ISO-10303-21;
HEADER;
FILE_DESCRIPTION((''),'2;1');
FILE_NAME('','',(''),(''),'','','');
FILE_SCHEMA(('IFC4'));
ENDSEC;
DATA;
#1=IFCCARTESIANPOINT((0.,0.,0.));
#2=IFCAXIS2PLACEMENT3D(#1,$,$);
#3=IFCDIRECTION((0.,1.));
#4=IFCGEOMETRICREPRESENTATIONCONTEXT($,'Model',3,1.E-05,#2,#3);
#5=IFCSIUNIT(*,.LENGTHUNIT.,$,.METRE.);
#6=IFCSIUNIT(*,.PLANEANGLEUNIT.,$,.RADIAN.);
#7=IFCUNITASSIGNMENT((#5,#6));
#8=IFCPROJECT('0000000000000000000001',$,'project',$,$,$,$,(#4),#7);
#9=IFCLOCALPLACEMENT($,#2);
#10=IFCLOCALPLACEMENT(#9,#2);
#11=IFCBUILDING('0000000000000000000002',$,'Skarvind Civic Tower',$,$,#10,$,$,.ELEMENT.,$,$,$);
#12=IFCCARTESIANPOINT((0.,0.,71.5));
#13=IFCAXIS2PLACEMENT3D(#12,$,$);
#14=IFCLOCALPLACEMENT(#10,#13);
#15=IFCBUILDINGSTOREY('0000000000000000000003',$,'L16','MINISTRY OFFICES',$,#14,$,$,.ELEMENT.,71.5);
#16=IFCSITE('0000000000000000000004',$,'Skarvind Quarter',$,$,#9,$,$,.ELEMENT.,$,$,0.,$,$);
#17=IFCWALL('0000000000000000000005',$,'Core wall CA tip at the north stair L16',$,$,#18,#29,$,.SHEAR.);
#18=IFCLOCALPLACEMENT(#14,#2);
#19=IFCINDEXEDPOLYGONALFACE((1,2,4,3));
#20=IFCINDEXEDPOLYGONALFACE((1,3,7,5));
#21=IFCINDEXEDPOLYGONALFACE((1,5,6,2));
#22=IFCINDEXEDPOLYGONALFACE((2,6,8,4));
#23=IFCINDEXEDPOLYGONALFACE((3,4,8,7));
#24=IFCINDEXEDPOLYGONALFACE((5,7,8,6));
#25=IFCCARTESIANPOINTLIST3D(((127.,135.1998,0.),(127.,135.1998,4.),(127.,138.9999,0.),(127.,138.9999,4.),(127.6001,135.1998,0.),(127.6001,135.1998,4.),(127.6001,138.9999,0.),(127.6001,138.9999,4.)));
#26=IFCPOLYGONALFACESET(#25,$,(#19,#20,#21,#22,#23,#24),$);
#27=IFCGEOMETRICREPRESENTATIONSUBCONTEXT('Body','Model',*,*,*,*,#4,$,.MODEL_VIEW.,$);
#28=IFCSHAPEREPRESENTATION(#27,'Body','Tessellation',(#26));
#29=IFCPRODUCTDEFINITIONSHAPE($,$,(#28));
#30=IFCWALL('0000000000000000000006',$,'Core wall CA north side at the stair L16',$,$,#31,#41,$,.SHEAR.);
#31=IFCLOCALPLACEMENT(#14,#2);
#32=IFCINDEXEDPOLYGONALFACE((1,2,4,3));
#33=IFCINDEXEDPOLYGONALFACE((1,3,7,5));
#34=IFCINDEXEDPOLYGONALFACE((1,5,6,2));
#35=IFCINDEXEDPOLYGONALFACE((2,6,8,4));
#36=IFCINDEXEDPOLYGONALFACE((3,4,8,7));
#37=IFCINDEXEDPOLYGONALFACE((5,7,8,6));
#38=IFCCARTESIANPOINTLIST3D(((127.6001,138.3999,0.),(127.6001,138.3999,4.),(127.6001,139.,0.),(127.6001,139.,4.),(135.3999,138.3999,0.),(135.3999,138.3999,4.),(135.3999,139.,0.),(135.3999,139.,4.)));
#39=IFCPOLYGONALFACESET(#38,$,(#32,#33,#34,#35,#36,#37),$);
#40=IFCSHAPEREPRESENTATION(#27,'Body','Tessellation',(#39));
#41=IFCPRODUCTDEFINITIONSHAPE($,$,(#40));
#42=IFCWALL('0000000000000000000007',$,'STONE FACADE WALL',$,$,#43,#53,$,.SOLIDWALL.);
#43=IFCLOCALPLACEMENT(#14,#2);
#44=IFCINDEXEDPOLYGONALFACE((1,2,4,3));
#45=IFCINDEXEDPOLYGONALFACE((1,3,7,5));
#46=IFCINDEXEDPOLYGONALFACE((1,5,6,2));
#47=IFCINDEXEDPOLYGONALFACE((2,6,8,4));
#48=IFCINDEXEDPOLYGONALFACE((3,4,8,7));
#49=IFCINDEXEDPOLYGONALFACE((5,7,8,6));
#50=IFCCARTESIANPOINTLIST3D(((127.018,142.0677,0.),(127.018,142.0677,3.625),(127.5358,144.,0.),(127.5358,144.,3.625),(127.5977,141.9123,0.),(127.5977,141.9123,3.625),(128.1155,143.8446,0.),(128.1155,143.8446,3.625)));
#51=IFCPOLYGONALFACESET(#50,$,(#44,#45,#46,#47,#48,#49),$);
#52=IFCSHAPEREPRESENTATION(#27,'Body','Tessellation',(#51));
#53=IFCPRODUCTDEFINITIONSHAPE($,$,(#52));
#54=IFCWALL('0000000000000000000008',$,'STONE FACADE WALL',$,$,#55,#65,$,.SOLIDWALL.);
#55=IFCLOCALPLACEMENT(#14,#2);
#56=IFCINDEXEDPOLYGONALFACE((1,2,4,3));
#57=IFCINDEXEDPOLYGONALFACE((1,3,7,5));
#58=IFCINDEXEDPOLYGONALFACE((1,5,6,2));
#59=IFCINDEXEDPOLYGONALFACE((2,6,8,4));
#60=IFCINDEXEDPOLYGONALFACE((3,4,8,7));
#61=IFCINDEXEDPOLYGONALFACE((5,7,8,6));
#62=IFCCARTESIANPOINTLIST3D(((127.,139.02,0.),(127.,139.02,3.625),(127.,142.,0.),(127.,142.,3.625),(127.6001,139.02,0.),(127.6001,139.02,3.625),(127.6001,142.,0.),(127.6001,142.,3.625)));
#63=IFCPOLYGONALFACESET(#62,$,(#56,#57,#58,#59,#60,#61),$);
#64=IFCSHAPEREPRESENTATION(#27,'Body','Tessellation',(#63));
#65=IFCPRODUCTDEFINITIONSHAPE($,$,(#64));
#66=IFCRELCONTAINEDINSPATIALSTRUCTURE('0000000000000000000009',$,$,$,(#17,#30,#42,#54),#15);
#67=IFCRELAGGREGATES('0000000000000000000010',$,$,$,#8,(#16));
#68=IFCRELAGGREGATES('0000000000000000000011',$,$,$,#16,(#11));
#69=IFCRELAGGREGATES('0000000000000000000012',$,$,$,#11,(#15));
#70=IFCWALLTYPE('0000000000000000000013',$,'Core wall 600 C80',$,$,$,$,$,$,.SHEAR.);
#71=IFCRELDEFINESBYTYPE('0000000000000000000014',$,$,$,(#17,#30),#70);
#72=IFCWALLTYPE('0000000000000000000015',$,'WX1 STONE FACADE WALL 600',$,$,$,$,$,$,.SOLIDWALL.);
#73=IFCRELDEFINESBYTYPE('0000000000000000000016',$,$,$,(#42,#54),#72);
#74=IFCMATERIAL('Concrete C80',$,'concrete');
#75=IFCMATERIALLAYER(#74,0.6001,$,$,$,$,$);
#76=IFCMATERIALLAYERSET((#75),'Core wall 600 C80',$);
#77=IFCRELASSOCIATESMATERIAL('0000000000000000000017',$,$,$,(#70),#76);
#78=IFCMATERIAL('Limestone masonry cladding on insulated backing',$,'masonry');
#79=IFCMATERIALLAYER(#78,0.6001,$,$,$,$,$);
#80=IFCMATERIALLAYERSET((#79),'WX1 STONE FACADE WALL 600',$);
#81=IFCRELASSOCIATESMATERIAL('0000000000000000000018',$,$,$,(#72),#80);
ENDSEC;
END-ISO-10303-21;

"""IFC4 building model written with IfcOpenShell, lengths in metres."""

from ifc_helpers import new_model, si_unit, direction, frame, frame_2d, origin, place, context, subcontext, project, spatial, rectangle, extrude, material, layer, layer_set, type_object, element, save


model = new_model("IFC4")

# Units and contexts
model_context = context("Model", 3, precision=1e-05, world=origin(), true_north=direction((0.0, 1.0)))
body_context = subcontext(model_context, "Body", "Model", "MODEL_VIEW")
ifc_project = project(units=[si_unit("LENGTHUNIT", "METRE"), si_unit("PLANEANGLEUNIT", "RADIAN")], contexts=[model_context])

# Site, building, storey
site_placement = place(None, origin())
site = spatial("IfcSite", under=ifc_project, at=site_placement, Name="Skarvind Quarter", CompositionType="ELEMENT", RefElevation=0.0)
building_placement = place(site_placement, origin())
building = spatial("IfcBuilding", under=site, at=building_placement, Name="Skarvind Civic Tower", CompositionType="ELEMENT")
storey_placement = place(building_placement, frame((0.0, 0.0, 71.5)))
storey = spatial("IfcBuildingStorey", under=building, at=storey_placement, Name="L16", Description="MINISTRY OFFICES", CompositionType="ELEMENT", Elevation=71.5)

# Shared definitions
ifc_material_1 = material(Name="Concrete C80", Category="concrete")

# Walls
ifc_layer_1 = layer(ifc_material_1, 0.6001)
ifc_layer_set_1 = layer_set([ifc_layer_1], Name="Core wall 600 C80")
wall_type_1 = type_object("IfcWallType", Name="Core wall 600 C80", PredefinedType="SHEAR", material=ifc_layer_set_1)
wall_1_placement = place(storey_placement, frame((127.3, 135.2, 0.0), z_axis=(0.0, 0.0, 1.0), x_axis=(0.0, 1.0, 0.0)))
element("IfcWall", 1, at=wall_1_placement, inside=storey, type_object=wall_type_1, Name="Core wall CA tip at the north stair L16", PredefinedType="SHEAR", context=body_context, shape_type="SweptSolid", body=[
    extrude(rectangle(XDim=3.8, YDim=0.6001, at=frame_2d((1.8999, 0.0))), origin(), (0.0, 0.0, 1.0), 4.0),
])
wall_2_placement = place(storey_placement, frame((127.6001, 138.7, 0.0), z_axis=(0.0, 0.0, 1.0), x_axis=(1.0, 0.0, 0.0)))
element("IfcWall", 2, at=wall_2_placement, inside=storey, type_object=wall_type_1, Name="Core wall CA north side at the stair L16", PredefinedType="SHEAR", context=body_context, shape_type="SweptSolid", body=[
    extrude(rectangle(XDim=7.7998, YDim=0.6001, at=frame_2d((3.8999, 0.0))), origin(), (0.0, 0.0, 1.0), 4.0),
])
ifc_material_2 = material(Name="Limestone masonry cladding on insulated backing", Category="masonry")
ifc_layer_2 = layer(ifc_material_2, 0.6001)
ifc_layer_set_2 = layer_set([ifc_layer_2], Name="WX1 STONE FACADE WALL 600")
wall_type_2 = type_object("IfcWallType", Name="WX1 STONE FACADE WALL 600", PredefinedType="SOLIDWALL", material=ifc_layer_set_2)
wall_3_placement = place(storey_placement, frame((127.3079, 141.99, 0.0), z_axis=(0.0, 0.0, 1.0), x_axis=(0.25884, 0.96592, 0.0)))
element("IfcWall", 3, at=wall_3_placement, inside=storey, type_object=wall_type_2, Name="STONE FACADE WALL", PredefinedType="SOLIDWALL", context=body_context, shape_type="SweptSolid", body=[
    extrude(rectangle(XDim=2.0005, YDim=0.6001, at=frame_2d((1.0002, 0.0))), origin(), (0.0, 0.0, 1.0), 3.625),
])
wall_4_placement = place(storey_placement, frame((127.3, 139.02, 0.0), z_axis=(0.0, 0.0, 1.0), x_axis=(0.0, 1.0, 0.0)))
element("IfcWall", 4, at=wall_4_placement, inside=storey, type_object=wall_type_2, Name="STONE FACADE WALL", PredefinedType="SOLIDWALL", context=body_context, shape_type="SweptSolid", body=[
    extrude(rectangle(XDim=2.98, YDim=0.6001, at=frame_2d((1.49, 0.0))), origin(), (0.0, 0.0, 1.0), 3.625),
])

save(model, "model.ifc")
